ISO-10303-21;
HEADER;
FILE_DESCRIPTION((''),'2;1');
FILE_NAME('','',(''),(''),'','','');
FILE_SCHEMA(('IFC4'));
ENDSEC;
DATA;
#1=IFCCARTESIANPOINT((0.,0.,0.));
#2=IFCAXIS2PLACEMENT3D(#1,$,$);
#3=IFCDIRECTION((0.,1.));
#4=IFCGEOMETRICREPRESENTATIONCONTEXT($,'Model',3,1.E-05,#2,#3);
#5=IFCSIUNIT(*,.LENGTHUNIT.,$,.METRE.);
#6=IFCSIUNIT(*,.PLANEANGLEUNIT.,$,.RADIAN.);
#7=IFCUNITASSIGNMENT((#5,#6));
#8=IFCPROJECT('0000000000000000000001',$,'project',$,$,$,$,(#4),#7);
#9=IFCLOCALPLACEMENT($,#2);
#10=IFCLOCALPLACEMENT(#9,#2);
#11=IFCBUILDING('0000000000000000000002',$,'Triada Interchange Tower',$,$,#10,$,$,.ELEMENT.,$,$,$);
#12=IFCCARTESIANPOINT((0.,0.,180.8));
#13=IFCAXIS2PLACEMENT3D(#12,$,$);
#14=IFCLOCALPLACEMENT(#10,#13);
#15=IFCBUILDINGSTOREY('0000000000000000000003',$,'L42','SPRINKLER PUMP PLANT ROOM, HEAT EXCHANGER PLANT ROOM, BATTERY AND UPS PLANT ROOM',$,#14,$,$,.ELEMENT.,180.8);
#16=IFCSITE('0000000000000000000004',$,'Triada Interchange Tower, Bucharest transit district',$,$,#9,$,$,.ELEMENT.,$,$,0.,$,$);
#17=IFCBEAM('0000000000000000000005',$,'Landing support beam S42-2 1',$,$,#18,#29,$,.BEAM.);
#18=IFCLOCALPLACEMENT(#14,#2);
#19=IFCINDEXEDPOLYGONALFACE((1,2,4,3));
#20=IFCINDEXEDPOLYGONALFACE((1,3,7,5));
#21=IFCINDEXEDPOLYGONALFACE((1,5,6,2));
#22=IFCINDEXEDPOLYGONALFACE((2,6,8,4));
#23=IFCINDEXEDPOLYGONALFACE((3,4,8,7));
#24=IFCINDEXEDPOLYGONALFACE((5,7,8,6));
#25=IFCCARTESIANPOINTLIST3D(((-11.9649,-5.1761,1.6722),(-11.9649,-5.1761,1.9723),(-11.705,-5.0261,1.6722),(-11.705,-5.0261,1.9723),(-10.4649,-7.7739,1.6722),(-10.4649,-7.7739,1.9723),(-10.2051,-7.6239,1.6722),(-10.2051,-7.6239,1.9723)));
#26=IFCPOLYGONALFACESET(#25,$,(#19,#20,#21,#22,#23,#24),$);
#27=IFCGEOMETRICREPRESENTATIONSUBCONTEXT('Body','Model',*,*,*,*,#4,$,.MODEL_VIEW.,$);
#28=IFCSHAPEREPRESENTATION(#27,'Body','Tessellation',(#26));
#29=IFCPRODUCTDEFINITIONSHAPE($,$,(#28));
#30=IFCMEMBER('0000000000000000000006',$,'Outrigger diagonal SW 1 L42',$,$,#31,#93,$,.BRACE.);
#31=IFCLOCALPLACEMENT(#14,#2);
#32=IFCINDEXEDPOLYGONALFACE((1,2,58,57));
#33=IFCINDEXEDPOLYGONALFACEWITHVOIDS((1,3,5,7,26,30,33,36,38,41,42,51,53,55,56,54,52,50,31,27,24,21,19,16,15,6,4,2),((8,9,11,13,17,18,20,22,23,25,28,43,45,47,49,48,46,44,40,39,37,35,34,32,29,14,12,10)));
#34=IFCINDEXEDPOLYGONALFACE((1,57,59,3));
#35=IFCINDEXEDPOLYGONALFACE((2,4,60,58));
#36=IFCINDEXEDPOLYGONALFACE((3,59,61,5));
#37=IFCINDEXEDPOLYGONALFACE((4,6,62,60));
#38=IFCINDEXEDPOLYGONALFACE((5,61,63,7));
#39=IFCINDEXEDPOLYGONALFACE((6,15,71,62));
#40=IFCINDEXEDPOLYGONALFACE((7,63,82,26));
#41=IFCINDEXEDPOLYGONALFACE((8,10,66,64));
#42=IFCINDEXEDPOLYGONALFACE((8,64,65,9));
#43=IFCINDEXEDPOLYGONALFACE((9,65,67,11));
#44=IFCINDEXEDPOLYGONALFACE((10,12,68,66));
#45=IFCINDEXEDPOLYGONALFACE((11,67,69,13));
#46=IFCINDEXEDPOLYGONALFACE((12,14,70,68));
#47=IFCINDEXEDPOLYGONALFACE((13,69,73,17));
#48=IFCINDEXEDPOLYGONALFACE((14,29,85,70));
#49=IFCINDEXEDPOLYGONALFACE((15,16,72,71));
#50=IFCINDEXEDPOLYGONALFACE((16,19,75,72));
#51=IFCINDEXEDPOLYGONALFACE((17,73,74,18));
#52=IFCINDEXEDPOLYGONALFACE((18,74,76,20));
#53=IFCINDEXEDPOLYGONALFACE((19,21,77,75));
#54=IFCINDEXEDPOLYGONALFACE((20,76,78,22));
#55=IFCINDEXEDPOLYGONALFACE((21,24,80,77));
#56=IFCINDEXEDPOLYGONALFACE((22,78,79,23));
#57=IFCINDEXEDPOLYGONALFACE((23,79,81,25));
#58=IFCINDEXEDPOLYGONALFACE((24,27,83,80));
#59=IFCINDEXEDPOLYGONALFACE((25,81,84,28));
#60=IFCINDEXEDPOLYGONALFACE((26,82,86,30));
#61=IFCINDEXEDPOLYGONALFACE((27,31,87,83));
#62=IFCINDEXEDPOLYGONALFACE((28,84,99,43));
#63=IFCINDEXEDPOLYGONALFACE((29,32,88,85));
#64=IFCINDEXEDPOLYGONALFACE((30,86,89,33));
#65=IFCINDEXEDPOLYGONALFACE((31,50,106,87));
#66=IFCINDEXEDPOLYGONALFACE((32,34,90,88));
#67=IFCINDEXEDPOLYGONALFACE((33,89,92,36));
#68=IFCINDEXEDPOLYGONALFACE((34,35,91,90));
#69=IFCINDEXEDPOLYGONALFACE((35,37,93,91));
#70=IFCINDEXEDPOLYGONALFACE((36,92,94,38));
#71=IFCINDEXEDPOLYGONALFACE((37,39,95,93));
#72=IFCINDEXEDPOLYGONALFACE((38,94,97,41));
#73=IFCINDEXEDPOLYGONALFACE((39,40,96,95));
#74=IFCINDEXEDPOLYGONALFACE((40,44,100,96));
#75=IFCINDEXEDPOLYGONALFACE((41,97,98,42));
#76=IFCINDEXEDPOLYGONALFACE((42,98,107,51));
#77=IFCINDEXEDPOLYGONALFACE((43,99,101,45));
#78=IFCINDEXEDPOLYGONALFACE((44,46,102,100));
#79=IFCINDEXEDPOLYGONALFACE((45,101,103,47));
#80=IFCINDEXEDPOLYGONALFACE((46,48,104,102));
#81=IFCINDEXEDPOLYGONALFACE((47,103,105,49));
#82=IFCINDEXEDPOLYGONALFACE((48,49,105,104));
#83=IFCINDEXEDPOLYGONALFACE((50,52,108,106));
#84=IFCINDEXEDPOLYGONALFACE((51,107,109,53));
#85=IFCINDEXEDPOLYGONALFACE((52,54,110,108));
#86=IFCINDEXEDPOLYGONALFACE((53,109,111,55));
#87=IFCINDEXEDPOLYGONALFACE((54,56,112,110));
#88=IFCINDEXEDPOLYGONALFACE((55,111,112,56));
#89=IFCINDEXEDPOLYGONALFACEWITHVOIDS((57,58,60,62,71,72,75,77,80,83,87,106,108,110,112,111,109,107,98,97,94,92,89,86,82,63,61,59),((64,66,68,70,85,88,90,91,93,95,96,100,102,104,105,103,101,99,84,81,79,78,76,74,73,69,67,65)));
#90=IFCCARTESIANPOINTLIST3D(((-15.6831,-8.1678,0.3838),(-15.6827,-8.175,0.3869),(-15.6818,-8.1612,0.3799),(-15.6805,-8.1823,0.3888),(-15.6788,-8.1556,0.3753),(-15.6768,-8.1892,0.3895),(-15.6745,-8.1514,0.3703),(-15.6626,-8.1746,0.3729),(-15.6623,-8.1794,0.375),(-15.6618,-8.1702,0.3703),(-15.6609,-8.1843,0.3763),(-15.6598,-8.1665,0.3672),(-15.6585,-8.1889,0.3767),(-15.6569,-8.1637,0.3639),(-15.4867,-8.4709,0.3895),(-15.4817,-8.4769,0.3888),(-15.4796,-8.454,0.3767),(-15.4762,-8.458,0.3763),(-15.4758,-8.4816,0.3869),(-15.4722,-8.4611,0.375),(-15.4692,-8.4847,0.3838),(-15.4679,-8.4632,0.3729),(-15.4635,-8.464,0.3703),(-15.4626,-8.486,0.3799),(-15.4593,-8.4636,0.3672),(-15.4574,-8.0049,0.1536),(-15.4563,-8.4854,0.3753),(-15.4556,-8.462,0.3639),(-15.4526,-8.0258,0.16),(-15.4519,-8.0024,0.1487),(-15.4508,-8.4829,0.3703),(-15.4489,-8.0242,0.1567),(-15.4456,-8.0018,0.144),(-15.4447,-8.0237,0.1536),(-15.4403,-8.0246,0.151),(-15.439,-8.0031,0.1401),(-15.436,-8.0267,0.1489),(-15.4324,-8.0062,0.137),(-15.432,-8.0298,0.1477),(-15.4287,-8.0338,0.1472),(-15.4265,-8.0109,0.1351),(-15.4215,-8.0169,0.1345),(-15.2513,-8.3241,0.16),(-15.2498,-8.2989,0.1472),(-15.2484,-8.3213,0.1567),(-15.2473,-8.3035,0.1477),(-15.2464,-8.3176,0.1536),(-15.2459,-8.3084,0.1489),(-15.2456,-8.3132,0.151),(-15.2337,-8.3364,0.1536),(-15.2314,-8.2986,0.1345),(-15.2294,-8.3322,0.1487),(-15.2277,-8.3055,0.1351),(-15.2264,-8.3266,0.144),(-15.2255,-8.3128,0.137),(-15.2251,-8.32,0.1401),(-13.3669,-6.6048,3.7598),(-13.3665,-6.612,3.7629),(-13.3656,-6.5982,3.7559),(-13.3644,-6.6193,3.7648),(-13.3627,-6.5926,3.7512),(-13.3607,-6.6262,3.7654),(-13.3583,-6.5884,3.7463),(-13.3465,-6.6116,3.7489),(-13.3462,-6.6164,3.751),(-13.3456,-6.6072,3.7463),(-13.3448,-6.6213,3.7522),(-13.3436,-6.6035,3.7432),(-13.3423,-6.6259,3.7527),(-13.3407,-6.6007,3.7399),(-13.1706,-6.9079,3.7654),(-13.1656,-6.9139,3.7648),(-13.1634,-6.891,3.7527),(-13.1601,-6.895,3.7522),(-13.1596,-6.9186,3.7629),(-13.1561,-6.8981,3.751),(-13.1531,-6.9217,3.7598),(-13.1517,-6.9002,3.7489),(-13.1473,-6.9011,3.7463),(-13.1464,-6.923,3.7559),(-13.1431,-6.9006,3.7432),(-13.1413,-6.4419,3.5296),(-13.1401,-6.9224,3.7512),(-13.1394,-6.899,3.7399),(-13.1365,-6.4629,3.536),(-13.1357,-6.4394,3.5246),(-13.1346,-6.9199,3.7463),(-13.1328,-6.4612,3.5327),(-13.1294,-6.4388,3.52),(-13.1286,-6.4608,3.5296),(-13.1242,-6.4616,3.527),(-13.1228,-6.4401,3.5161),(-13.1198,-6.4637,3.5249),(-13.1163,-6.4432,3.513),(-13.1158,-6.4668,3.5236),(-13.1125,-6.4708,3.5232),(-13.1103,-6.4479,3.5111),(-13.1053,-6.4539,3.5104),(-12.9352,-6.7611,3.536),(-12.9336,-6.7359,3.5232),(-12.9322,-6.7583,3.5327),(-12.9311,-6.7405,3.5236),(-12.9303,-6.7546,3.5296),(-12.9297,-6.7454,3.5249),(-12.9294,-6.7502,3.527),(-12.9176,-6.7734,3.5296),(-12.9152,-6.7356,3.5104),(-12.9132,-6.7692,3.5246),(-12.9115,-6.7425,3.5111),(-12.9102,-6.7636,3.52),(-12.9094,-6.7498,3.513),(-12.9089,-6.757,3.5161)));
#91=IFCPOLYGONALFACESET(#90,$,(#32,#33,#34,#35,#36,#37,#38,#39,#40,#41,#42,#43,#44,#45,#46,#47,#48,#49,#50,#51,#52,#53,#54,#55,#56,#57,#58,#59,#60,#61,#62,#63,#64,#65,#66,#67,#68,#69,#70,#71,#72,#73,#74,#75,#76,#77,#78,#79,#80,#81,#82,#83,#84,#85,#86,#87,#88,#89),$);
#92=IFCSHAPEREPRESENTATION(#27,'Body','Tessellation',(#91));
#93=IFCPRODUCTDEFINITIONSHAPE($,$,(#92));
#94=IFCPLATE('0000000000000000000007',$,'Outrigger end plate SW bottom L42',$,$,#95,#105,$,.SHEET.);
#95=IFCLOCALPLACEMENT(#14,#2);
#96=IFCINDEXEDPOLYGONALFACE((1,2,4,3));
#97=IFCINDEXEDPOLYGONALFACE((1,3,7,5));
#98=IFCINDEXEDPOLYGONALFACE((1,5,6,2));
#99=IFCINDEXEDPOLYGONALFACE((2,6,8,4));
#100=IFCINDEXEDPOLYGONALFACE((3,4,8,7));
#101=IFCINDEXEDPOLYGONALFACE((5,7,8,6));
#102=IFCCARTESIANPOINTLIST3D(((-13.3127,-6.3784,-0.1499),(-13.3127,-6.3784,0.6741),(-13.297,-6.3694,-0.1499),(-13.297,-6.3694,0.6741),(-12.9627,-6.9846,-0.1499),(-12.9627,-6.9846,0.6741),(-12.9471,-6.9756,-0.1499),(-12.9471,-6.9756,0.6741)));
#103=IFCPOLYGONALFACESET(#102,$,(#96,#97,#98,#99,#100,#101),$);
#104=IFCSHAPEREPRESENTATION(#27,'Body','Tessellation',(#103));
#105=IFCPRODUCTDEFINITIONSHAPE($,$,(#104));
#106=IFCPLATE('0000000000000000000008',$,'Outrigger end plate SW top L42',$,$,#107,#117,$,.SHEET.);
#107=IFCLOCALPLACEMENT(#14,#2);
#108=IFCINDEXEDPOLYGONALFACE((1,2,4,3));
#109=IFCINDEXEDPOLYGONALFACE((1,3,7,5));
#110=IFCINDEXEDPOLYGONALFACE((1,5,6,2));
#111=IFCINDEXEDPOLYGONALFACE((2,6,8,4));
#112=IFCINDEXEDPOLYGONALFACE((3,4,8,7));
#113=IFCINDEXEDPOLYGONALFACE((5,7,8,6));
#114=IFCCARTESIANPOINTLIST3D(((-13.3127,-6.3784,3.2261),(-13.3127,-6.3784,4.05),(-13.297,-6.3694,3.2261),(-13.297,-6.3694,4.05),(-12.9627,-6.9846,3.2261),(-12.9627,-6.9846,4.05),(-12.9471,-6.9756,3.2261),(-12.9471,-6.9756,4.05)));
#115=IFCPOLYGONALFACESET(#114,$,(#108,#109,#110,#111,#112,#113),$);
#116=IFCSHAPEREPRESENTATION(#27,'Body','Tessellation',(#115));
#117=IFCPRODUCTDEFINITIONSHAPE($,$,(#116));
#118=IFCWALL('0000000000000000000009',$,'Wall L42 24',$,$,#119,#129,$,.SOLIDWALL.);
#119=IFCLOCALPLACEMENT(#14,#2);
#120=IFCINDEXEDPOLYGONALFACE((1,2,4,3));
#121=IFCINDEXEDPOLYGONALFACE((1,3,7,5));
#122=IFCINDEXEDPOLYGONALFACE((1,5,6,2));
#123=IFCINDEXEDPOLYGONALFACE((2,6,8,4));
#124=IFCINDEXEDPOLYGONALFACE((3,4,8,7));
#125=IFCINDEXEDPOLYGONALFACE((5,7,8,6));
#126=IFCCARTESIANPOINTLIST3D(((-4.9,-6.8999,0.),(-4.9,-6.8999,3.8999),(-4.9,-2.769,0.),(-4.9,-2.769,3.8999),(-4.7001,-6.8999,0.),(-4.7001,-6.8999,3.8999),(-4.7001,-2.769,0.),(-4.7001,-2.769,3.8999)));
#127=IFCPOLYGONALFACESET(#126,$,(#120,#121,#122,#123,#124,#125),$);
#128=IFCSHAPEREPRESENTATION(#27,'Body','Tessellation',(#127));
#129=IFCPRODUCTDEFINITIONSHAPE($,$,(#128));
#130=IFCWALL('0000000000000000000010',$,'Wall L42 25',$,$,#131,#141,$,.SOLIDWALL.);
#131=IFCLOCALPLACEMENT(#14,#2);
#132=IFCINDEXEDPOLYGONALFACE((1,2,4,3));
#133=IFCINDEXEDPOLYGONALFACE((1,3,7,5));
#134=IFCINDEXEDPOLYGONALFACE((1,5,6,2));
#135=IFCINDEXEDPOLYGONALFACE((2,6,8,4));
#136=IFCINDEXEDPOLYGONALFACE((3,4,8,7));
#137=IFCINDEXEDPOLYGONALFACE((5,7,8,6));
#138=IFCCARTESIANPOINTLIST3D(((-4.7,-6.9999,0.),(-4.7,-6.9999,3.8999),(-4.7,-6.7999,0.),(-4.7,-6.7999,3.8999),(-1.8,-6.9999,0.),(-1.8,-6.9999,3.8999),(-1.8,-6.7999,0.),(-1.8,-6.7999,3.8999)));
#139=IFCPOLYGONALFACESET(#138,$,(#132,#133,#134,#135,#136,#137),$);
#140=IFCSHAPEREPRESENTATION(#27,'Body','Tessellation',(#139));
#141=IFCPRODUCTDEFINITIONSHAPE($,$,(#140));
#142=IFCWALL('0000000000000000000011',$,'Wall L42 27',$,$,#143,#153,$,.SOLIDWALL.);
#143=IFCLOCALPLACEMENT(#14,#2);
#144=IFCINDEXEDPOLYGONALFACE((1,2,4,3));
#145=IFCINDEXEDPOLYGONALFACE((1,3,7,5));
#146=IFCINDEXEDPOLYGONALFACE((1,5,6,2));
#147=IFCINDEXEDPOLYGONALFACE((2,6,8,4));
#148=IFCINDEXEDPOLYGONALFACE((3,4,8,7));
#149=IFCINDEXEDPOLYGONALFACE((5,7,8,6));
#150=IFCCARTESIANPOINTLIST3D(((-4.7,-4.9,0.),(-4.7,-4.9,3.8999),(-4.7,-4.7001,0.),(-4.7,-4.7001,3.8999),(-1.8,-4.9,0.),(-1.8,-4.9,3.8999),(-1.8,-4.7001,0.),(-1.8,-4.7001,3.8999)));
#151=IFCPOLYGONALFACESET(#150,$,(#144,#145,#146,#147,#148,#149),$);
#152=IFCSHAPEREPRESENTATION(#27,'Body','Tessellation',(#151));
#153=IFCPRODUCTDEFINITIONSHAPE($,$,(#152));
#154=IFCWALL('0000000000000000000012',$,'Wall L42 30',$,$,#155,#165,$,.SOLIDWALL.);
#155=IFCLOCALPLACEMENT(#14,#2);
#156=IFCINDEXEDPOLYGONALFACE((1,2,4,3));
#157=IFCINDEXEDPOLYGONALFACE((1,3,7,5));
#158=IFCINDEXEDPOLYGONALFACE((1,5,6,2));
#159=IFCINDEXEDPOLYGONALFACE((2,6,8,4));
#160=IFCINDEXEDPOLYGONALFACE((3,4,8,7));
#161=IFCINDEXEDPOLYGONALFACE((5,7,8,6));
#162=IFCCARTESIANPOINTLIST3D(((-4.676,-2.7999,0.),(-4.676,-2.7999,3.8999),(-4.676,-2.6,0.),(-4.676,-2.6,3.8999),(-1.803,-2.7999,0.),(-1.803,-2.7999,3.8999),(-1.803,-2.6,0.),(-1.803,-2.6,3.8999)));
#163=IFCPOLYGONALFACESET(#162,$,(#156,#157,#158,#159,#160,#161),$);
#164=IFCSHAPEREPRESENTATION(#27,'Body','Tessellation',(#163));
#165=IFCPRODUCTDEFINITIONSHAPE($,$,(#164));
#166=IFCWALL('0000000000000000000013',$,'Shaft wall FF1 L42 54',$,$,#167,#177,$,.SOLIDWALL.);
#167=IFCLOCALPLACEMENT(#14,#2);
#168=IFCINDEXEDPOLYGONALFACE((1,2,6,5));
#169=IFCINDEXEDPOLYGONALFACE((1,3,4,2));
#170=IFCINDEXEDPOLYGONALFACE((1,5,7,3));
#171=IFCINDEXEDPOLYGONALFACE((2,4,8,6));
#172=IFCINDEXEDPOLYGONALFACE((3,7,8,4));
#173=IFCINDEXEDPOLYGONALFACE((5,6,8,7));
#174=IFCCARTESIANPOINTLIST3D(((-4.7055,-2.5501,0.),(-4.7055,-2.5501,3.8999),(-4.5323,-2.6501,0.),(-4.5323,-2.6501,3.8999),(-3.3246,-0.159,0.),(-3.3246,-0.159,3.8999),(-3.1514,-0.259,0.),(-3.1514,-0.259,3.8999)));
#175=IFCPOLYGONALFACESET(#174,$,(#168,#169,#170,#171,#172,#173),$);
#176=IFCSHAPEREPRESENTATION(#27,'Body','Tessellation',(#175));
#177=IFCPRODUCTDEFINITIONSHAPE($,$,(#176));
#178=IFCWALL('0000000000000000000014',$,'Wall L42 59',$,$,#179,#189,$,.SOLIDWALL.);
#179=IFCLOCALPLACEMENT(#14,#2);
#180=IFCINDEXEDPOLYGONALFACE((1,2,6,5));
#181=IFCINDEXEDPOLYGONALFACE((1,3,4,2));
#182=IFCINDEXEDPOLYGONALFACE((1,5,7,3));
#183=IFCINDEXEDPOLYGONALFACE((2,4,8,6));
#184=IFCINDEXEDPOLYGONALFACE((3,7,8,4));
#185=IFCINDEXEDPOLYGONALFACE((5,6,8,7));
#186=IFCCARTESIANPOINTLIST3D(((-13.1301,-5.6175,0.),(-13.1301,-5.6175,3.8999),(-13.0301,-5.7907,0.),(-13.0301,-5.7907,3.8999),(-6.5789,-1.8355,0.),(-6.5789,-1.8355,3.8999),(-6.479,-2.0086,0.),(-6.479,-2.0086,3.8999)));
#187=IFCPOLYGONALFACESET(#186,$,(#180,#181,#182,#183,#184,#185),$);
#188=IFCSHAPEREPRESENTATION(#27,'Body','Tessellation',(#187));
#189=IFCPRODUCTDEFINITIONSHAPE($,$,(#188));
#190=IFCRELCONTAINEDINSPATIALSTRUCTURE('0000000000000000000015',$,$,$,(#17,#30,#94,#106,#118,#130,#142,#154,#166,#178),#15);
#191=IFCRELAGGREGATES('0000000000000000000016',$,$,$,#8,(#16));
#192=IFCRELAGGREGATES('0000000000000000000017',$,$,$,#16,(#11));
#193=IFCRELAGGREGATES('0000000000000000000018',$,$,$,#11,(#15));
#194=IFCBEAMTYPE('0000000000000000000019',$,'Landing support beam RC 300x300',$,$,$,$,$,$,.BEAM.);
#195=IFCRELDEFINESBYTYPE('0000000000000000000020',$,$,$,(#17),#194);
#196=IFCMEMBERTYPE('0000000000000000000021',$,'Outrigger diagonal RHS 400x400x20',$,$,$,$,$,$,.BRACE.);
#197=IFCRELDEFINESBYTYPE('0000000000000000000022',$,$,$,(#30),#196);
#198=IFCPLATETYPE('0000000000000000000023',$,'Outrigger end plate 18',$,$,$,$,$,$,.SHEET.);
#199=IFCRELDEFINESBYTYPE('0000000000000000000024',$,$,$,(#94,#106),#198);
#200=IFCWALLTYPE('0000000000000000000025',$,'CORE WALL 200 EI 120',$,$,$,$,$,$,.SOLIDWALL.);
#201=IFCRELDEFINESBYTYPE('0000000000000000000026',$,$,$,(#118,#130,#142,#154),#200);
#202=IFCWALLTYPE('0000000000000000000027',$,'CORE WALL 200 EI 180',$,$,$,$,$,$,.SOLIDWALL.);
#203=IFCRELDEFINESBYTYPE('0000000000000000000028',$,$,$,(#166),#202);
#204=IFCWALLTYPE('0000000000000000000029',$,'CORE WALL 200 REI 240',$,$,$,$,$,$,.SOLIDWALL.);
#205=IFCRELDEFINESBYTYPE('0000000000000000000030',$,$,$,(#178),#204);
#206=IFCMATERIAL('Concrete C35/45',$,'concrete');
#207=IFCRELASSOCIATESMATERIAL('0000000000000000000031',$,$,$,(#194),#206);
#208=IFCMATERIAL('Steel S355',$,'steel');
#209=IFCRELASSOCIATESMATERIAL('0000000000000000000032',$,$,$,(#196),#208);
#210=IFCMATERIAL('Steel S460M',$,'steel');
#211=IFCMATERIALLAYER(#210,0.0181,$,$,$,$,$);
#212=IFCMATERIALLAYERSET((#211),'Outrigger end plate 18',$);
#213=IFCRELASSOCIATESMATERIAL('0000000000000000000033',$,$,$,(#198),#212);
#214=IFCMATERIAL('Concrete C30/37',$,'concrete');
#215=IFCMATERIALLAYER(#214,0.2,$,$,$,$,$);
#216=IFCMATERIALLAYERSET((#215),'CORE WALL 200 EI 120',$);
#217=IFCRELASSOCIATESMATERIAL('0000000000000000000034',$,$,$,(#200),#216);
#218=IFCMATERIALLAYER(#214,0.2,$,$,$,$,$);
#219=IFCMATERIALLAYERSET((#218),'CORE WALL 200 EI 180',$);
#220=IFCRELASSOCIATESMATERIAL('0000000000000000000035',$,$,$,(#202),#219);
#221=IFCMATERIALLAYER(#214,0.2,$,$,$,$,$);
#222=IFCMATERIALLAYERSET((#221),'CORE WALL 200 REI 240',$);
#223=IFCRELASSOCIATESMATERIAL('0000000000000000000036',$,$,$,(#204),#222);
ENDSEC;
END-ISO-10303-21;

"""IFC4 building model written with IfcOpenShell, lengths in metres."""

from ifc_helpers import new_model, si_unit, direction, frame, frame_2d, origin, origin_2d, place, context, subcontext, project, spatial, rectangle, hollow_rectangle, extrude, material, layer, layer_set, material_profile, profile_set, type_object, element, save


model = new_model("IFC4")

# Units and contexts
model_context = context("Model", 3, precision=1e-05, world=origin(), true_north=direction((0.0, 1.0)))
body_context = subcontext(model_context, "Body", "Model", "MODEL_VIEW")
ifc_project = project(units=[si_unit("LENGTHUNIT", "METRE"), si_unit("PLANEANGLEUNIT", "RADIAN")], contexts=[model_context])

# Site, building, storey
site_placement = place(None, origin())
site = spatial("IfcSite", under=ifc_project, at=site_placement, Name="Triada Interchange Tower, Bucharest transit district", CompositionType="ELEMENT", RefElevation=0.0)
building_placement = place(site_placement, origin())
building = spatial("IfcBuilding", under=site, at=building_placement, Name="Triada Interchange Tower", CompositionType="ELEMENT")
storey_placement = place(building_placement, frame((0.0, 0.0, 180.8)))
storey = spatial("IfcBuildingStorey", under=building, at=storey_placement, Name="L42", Description="SPRINKLER PUMP PLANT ROOM, HEAT EXCHANGER PLANT ROOM, BATTERY AND UPS PLANT ROOM", CompositionType="ELEMENT", Elevation=180.8)

# Beam
ifc_material_1 = material(Name="Concrete C35/45", Category="concrete")
ifc_material_profile_1 = material_profile(ifc_material_1, rectangle(XDim=0.3, YDim=0.3, at=origin_2d()), Name="RC 300x300")
ifc_profile_set_1 = profile_set([ifc_material_profile_1], Name="Concrete C35/45")
beam_type = type_object("IfcBeamType", Name="Landing support beam RC 300x300", PredefinedType="BEAM", material=ifc_profile_set_1)
beam_placement = place(storey_placement, frame((-11.835, -5.1011, 1.8223), z_axis=(0.500025, -0.866011, 0.0), x_axis=(0.866011, 0.500025, 0.0)))
element("IfcBeam", 1, at=beam_placement, inside=storey, type_object=beam_type, Name="Landing support beam S42-2 1", PredefinedType="BEAM", context=body_context, shape_type="SweptSolid", body=[
    extrude(rectangle(XDim=0.3, YDim=0.3, at=origin_2d()), origin(), (0.0, 0.0, 1.0), 2.9998),
])

# Member
ifc_material_2 = material(Name="Steel S355", Category="steel")
ifc_material_profile_2 = material_profile(ifc_material_2, hollow_rectangle(XDim=0.3999, YDim=0.3999, WallThickness=0.02, InnerFilletRadius=0.02, OuterFilletRadius=0.03, at=origin_2d()), Name="RHS 400x400x20")
ifc_profile_set_2 = profile_set([ifc_material_profile_2], Name="Steel S355")
member_type = type_object("IfcMemberType", Name="Outrigger diagonal RHS 400x400x20", PredefinedType="BRACE", material=ifc_profile_set_2)
member_placement = place(storey_placement, frame((-13.1379, -6.6809, 3.6379), z_axis=(-0.528524, -0.356657, -0.770362), x_axis=(0.559369, -0.828919, 0.0)))
element("IfcMember", 2, at=member_placement, inside=storey, type_object=member_type, Name="Outrigger diagonal SW 1 L42", PredefinedType="BRACE", context=body_context, shape_type="SweptSolid", body=[
    extrude(hollow_rectangle(XDim=0.3999, YDim=0.3999, WallThickness=0.02, InnerFilletRadius=0.02, OuterFilletRadius=0.03, at=origin_2d()), origin(), (0.0, 0.0, 1.0), 4.3823),
])

# Plates
ifc_material_3 = material(Name="Steel S460M", Category="steel")
ifc_layer_1 = layer(ifc_material_3, 0.0181)
ifc_layer_set_1 = layer_set([ifc_layer_1], Name="Outrigger end plate 18")
plate_type = type_object("IfcPlateType", Name="Outrigger end plate 18", PredefinedType="SHEET", material=ifc_layer_set_1)
for number, where, z_axis, x_axis, name in (
    (3, (-13.1299, -6.677, -0.1499), (0.0, 0.0, 1.0), (-0.866025, -0.5, 0.0), "Outrigger end plate SW bottom L42"),
    (4, (-13.1299, -6.677, 3.2261), (0.0, 0.0, 1.0), (-0.866025, -0.5, 0.0), "Outrigger end plate SW top L42"),
):
    element("IfcPlate", number, at=place(storey_placement, frame(where, z_axis=z_axis, x_axis=x_axis)), inside=storey, type_object=plate_type, Name=name, PredefinedType="SHEET", context=body_context, shape_type="SweptSolid", body=[
        extrude(rectangle(XDim=0.0181, YDim=0.7, at=origin_2d()), origin(), (0.0, 0.0, 1.0), 0.824),
    ])

# Walls
ifc_material_4 = material(Name="Concrete C30/37", Category="concrete")
ifc_layer_2 = layer(ifc_material_4, 0.2)
ifc_layer_set_2 = layer_set([ifc_layer_2], Name="CORE WALL 200 EI 120")
wall_type_1 = type_object("IfcWallType", Name="CORE WALL 200 EI 120", PredefinedType="SOLIDWALL", material=ifc_layer_set_2)
wall_1_placement = place(storey_placement, frame((-4.8, -6.8999, 0.0), z_axis=(0.0, 0.0, 1.0), x_axis=(0.0, 1.0, 0.0)))
element("IfcWall", 5, at=wall_1_placement, inside=storey, type_object=wall_type_1, Name="Wall L42 24", PredefinedType="SOLIDWALL", context=body_context, shape_type="SweptSolid", body=[
    extrude(rectangle(XDim=4.1309, YDim=0.2, at=frame_2d((2.0654, 0.0))), origin(), (0.0, 0.0, 1.0), 3.8999),
])
for number, where, z_axis, x_axis, name in (
    (6, (-4.7, -6.8999, 0.0), (0.0, 0.0, 1.0), (1.0, 0.0, 0.0), "Wall L42 25"),
    (7, (-4.7, -4.8, 0.0), (0.0, 0.0, 1.0), (1.0, 0.0, 0.0), "Wall L42 27"),
):
    element("IfcWall", number, at=place(storey_placement, frame(where, z_axis=z_axis, x_axis=x_axis)), inside=storey, type_object=wall_type_1, Name=name, PredefinedType="SOLIDWALL", context=body_context, shape_type="SweptSolid", body=[
        extrude(rectangle(XDim=2.8999, YDim=0.2, at=frame_2d((1.45, 0.0))), origin(), (0.0, 0.0, 1.0), 3.8999),
    ])
wall_2_placement = place(storey_placement, frame((-4.676, -2.7, 0.0), z_axis=(0.0, 0.0, 1.0), x_axis=(1.0, 0.0, 0.0)))
element("IfcWall", 8, at=wall_2_placement, inside=storey, type_object=wall_type_1, Name="Wall L42 30", PredefinedType="SOLIDWALL", context=body_context, shape_type="SweptSolid", body=[
    extrude(rectangle(XDim=2.873, YDim=0.2, at=frame_2d((1.4365, 0.0))), origin(), (0.0, 0.0, 1.0), 3.8999),
])
ifc_layer_3 = layer(ifc_material_4, 0.2)
ifc_layer_set_3 = layer_set([ifc_layer_3], Name="CORE WALL 200 EI 180")
wall_type_2 = type_object("IfcWallType", Name="CORE WALL 200 EI 180", PredefinedType="SOLIDWALL", material=ifc_layer_set_3)
wall_3_placement = place(storey_placement, frame((-4.6189, -2.6001, 0.0), z_axis=(0.0, 0.0, 1.0), x_axis=(0.500095, 0.865971, 0.0)))
element("IfcWall", 9, at=wall_3_placement, inside=storey, type_object=wall_type_2, Name="Shaft wall FF1 L42 54", PredefinedType="SOLIDWALL", context=body_context, shape_type="SweptSolid", body=[
    extrude(rectangle(XDim=2.7612, YDim=0.2, at=frame_2d((1.3806, 0.0))), origin(), (0.0, 0.0, 1.0), 3.8999),
])
ifc_layer_4 = layer(ifc_material_4, 0.2)
ifc_layer_set_4 = layer_set([ifc_layer_4], Name="CORE WALL 200 REI 240")
wall_type_3 = type_object("IfcWallType", Name="CORE WALL 200 REI 240", PredefinedType="SOLIDWALL", material=ifc_layer_set_4)
wall_4_placement = place(storey_placement, frame((-13.0801, -5.7041, 0.0), z_axis=(0.0, 0.0, 1.0), x_axis=(0.86604, 0.499975, 0.0)))
element("IfcWall", 10, at=wall_4_placement, inside=storey, type_object=wall_type_3, Name="Wall L42 59", PredefinedType="SOLIDWALL", context=body_context, shape_type="SweptSolid", body=[
    extrude(rectangle(XDim=7.5645, YDim=0.2, at=frame_2d((3.7822, 0.0))), origin(), (0.0, 0.0, 1.0), 3.8999),
])

save(model, "model.ifc")
